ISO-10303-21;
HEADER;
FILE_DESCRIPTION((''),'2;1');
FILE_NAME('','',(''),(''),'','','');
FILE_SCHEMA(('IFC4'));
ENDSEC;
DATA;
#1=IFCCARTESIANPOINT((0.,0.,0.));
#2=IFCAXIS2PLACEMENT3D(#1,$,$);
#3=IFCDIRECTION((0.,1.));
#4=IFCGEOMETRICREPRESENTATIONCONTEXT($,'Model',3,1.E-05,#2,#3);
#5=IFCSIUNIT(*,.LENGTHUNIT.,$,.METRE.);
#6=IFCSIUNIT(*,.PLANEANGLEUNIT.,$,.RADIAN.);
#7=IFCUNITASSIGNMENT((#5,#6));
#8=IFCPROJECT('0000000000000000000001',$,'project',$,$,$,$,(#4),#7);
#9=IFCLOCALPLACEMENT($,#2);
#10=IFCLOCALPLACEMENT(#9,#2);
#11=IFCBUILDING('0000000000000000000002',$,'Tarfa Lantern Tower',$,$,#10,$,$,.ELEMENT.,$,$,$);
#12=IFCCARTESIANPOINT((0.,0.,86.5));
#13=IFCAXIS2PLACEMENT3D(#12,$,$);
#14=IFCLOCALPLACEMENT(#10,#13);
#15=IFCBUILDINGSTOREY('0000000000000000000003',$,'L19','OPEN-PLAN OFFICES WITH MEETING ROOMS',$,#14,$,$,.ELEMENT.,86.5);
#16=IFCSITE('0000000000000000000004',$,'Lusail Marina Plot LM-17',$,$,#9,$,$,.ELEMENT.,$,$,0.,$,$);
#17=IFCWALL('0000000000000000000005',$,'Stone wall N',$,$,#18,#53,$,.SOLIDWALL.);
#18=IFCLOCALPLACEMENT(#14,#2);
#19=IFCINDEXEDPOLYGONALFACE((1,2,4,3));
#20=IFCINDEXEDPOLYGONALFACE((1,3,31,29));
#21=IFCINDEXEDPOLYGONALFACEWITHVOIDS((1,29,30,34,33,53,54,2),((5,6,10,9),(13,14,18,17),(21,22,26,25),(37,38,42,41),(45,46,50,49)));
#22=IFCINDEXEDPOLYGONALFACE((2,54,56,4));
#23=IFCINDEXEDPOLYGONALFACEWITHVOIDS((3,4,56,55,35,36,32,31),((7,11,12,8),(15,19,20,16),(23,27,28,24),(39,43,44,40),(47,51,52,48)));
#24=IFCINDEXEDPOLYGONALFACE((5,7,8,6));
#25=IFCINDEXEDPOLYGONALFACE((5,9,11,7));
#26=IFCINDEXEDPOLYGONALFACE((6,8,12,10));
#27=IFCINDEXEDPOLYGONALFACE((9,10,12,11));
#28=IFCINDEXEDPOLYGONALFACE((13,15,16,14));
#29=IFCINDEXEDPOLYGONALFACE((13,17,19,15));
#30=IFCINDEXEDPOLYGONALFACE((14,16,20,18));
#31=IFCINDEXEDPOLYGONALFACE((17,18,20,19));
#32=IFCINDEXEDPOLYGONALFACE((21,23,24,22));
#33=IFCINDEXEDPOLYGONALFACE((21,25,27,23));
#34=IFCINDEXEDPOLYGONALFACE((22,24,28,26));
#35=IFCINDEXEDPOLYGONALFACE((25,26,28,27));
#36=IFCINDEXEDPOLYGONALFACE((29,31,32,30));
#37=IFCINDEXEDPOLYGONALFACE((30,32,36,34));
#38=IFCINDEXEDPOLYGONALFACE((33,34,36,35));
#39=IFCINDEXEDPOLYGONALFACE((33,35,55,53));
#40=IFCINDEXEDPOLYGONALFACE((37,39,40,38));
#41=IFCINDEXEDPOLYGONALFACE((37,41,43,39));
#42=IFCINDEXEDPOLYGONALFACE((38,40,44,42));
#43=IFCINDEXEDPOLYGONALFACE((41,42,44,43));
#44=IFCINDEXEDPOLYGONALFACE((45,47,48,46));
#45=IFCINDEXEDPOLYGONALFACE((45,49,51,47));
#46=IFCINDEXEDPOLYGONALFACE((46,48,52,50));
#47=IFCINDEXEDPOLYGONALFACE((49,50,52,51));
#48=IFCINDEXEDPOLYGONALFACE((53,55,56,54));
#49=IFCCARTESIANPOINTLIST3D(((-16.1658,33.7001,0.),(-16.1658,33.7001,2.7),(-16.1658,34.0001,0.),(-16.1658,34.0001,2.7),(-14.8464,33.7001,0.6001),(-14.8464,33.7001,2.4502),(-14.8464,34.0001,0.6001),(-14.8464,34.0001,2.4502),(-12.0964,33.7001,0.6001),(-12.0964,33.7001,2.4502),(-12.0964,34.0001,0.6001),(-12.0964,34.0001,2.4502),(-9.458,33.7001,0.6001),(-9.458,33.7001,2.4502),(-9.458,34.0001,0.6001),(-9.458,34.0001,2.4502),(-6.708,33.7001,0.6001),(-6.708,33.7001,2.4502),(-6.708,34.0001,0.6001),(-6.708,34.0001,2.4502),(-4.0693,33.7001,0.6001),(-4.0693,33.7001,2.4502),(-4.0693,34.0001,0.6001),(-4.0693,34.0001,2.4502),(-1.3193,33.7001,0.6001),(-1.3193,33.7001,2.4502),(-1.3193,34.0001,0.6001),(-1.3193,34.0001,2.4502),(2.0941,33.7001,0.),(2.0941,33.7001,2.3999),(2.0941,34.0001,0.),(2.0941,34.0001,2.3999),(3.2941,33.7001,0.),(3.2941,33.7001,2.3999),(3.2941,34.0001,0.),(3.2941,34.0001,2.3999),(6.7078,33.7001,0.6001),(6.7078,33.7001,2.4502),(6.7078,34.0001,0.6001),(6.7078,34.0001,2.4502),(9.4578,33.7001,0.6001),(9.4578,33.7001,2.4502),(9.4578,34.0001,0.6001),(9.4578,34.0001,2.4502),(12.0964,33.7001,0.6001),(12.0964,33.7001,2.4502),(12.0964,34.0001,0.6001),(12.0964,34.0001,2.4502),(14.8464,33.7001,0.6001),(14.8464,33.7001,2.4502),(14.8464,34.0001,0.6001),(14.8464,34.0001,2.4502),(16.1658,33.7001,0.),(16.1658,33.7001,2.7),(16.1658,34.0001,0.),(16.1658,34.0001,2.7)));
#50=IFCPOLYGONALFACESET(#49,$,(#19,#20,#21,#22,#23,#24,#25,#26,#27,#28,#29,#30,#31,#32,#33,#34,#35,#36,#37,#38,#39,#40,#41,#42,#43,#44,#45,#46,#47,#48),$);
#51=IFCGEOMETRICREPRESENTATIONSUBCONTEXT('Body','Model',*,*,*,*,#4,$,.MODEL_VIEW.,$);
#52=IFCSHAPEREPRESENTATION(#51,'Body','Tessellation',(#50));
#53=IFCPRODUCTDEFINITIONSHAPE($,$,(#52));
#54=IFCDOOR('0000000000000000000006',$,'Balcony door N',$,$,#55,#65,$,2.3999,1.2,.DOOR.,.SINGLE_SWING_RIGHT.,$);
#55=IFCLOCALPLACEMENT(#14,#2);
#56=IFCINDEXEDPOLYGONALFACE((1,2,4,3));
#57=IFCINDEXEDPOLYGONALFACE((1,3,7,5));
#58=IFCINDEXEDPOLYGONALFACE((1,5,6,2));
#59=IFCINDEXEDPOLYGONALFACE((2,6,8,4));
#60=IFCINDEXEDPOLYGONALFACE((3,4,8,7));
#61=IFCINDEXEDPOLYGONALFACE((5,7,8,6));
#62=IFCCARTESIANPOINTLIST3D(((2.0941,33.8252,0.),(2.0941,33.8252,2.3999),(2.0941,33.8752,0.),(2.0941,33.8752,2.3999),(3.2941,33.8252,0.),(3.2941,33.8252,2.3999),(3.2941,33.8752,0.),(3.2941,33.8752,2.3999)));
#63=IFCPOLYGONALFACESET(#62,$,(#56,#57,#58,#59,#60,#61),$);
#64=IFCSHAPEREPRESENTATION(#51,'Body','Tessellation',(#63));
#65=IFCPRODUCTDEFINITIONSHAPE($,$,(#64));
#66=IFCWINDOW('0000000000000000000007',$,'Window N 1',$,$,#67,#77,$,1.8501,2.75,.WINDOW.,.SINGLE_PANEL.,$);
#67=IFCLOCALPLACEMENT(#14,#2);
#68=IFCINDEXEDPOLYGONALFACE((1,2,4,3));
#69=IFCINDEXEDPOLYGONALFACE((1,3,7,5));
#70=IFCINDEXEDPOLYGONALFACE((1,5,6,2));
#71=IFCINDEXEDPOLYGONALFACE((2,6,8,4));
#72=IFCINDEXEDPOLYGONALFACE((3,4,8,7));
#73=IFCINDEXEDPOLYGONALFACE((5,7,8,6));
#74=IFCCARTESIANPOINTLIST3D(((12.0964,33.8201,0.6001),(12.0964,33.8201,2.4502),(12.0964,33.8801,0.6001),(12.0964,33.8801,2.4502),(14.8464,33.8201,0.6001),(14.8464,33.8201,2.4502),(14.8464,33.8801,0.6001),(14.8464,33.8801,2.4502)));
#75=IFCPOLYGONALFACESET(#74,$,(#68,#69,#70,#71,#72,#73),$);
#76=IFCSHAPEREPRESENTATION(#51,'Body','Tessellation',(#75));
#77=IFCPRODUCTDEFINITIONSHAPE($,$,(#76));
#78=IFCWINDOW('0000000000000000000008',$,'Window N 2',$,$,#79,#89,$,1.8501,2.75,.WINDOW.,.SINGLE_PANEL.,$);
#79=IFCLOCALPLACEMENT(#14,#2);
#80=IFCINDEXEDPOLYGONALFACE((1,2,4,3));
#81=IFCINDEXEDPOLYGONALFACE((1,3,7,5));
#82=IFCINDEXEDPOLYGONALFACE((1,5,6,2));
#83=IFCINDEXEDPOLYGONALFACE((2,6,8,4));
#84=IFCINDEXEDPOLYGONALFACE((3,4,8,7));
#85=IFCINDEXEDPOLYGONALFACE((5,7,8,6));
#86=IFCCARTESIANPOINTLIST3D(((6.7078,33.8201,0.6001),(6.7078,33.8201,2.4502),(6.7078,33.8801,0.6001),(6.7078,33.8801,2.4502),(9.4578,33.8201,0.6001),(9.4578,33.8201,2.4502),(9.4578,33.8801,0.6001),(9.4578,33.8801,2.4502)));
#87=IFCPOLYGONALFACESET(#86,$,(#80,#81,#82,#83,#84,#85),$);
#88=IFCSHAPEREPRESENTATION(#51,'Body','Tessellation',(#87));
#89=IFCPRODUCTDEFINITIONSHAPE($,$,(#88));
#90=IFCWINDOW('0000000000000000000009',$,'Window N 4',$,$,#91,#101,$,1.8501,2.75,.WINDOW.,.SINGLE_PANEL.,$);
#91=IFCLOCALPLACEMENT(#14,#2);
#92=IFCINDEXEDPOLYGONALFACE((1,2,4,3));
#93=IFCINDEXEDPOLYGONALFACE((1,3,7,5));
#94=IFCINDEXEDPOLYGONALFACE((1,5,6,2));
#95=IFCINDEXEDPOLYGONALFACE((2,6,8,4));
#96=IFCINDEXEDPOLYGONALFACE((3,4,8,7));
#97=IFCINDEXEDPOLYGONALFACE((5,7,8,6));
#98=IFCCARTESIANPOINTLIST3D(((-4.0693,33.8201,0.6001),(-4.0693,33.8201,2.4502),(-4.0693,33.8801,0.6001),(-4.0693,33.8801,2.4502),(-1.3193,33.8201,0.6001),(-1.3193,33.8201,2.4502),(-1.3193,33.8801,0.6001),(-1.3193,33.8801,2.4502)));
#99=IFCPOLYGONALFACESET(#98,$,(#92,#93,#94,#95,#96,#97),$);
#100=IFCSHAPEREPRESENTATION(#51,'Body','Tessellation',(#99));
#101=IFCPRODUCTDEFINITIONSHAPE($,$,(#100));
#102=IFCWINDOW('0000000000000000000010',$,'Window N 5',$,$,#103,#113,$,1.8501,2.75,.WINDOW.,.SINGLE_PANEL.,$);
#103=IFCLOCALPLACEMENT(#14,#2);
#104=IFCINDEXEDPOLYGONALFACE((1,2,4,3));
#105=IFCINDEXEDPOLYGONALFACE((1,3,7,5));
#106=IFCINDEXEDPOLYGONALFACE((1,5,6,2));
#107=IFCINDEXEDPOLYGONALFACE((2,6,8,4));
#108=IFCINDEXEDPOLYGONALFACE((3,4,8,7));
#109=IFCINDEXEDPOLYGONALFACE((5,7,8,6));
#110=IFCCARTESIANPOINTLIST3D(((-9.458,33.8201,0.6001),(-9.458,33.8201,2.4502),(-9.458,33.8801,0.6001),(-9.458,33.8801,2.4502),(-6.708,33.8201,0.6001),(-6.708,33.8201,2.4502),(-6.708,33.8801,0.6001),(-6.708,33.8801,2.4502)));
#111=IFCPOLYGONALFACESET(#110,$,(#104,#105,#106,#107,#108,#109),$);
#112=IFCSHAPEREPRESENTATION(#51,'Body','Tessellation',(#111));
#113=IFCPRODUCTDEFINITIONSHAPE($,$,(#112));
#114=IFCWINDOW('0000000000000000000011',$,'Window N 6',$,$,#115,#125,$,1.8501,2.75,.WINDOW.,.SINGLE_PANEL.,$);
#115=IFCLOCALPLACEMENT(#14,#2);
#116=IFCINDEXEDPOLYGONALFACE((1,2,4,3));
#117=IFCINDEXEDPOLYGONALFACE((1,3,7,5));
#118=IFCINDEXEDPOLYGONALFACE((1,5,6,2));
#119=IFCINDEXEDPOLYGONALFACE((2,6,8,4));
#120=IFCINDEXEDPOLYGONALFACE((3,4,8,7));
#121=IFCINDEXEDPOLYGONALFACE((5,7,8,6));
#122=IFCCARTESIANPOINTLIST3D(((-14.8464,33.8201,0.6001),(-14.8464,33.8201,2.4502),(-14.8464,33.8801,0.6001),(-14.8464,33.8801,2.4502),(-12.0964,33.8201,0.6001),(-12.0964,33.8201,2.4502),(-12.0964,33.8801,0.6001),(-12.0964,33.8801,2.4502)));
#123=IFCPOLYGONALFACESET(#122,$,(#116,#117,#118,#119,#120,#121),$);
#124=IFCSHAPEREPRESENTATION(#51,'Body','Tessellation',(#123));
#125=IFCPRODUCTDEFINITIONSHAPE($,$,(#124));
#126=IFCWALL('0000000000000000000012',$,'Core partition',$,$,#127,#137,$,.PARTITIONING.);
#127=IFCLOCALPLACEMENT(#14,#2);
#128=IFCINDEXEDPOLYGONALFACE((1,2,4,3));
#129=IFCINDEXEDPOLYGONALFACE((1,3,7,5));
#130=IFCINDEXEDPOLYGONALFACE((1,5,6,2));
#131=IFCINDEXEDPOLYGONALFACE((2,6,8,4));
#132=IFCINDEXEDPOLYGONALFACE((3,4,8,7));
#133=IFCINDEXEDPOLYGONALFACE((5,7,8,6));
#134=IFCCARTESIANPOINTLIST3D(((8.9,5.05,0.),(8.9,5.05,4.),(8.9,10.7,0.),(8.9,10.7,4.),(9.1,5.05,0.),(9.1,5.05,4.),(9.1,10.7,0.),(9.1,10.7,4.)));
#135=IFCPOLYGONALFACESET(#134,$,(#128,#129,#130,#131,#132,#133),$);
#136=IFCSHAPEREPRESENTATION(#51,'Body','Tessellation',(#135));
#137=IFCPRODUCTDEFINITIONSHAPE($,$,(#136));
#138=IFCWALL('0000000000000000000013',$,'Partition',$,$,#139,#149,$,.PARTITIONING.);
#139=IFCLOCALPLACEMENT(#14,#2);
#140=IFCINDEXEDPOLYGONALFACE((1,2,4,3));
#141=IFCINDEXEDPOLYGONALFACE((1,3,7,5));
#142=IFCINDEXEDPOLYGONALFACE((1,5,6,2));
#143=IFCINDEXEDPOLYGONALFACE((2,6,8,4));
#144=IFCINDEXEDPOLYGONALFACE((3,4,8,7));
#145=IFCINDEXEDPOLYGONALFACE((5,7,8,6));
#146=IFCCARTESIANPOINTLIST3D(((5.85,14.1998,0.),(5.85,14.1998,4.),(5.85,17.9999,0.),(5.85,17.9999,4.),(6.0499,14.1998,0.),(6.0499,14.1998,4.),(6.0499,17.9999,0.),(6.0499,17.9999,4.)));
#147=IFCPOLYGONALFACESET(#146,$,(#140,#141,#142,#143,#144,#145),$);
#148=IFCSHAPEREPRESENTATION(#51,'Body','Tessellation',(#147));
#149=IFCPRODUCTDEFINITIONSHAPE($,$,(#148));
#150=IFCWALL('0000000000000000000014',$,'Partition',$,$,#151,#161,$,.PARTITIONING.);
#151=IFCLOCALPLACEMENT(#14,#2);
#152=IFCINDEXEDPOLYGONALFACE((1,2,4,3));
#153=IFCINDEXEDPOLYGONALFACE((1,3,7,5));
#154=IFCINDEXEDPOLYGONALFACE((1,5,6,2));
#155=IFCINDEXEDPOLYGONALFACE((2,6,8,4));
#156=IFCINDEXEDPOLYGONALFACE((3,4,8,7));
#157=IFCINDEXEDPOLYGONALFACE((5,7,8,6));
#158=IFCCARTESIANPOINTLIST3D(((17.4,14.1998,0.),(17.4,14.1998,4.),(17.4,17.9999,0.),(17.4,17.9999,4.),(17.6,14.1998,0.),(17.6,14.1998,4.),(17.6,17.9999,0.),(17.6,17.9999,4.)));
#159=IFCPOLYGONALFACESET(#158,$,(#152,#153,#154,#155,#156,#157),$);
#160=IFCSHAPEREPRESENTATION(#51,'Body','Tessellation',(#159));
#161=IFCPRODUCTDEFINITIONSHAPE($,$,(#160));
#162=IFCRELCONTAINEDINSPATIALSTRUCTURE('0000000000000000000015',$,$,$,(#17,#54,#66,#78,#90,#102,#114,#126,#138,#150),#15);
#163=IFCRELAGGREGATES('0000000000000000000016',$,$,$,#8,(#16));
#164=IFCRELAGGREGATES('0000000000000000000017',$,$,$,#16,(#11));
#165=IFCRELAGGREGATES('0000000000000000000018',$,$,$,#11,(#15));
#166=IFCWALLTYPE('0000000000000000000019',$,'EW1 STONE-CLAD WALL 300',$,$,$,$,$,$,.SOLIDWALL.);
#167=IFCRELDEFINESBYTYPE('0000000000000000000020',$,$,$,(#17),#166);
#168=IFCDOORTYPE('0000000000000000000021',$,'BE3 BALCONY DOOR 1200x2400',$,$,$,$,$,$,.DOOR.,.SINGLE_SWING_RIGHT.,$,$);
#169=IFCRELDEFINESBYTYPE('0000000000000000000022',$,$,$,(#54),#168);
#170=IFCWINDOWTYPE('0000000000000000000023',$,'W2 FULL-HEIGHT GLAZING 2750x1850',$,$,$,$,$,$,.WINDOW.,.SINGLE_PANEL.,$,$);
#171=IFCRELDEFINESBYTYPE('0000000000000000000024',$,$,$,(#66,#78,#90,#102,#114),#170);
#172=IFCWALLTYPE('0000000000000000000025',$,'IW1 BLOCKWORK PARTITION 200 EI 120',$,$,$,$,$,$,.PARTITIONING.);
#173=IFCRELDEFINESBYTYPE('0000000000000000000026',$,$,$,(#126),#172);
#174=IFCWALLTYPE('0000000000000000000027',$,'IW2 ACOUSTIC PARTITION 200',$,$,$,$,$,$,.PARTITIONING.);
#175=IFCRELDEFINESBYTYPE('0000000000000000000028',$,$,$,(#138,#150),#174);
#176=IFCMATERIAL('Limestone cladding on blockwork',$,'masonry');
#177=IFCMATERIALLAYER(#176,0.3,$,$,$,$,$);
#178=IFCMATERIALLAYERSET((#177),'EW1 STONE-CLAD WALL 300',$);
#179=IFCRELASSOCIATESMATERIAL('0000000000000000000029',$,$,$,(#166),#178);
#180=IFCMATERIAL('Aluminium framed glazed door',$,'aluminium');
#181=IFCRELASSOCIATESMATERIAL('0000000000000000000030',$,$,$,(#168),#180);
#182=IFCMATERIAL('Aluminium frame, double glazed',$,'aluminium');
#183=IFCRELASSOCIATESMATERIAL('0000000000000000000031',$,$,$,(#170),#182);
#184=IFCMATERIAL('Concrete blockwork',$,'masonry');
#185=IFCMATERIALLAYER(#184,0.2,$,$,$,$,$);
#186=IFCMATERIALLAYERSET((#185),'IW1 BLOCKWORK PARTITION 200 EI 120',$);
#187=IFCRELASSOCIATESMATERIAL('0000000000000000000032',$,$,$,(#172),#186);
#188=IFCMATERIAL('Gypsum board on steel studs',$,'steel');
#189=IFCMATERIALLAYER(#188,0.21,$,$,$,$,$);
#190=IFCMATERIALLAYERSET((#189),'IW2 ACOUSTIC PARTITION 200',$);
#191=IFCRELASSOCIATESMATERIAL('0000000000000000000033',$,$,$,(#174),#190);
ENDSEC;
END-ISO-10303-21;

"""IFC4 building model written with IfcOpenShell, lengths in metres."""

from ifc_helpers import new_model, si_unit, direction, frame, frame_2d, origin, place, context, subcontext, project, spatial, rectangle, extrude, material, layer, layer_set, type_object, element, fill, save


model = new_model("IFC4")

# Units and contexts
model_context = context("Model", 3, precision=1e-05, world=origin(), true_north=direction((0.0, 1.0)))
body_context = subcontext(model_context, "Body", "Model", "MODEL_VIEW")
ifc_project = project(units=[si_unit("LENGTHUNIT", "METRE"), si_unit("PLANEANGLEUNIT", "RADIAN")], contexts=[model_context])

# Site, building, storey
site_placement = place(None, origin())
site = spatial("IfcSite", under=ifc_project, at=site_placement, Name="Lusail Marina Plot LM-17", CompositionType="ELEMENT", RefElevation=0.0)
building_placement = place(site_placement, origin())
building = spatial("IfcBuilding", under=site, at=building_placement, Name="Tarfa Lantern Tower", CompositionType="ELEMENT")
storey_placement = place(building_placement, frame((0.0, 0.0, 86.5)))
storey = spatial("IfcBuildingStorey", under=building, at=storey_placement, Name="L19", Description="OPEN-PLAN OFFICES WITH MEETING ROOMS", CompositionType="ELEMENT", Elevation=86.5)

# Wall, openings, door, windows
ifc_material_1 = material(Name="Limestone cladding on blockwork", Category="masonry")
ifc_layer_1 = layer(ifc_material_1, 0.3)
ifc_layer_set_1 = layer_set([ifc_layer_1], Name="EW1 STONE-CLAD WALL 300")
wall_type_1 = type_object("IfcWallType", Name="EW1 STONE-CLAD WALL 300", PredefinedType="SOLIDWALL", material=ifc_layer_set_1)
wall_1_placement = place(storey_placement, frame((16.1658, 33.8501, 0.0), z_axis=(0.0, 0.0, 1.0), x_axis=(-1.0, 0.0, 0.0)))
wall_1 = element("IfcWall", 1, at=wall_1_placement, inside=storey, type_object=wall_type_1, Name="Stone wall N", PredefinedType="SOLIDWALL", context=body_context, shape_type="SweptSolid", body=[
    extrude(rectangle(XDim=32.3315, YDim=0.3, at=frame_2d((16.1658, 0.0))), origin(), (0.0, 0.0, 1.0), 2.7),
])
opening_1_placement = place(wall_1_placement, frame((1.3193, 0.0, 0.6001)))
opening_1 = element("IfcOpeningElement", 2, at=opening_1_placement, cuts=wall_1, PredefinedType="OPENING", context=body_context, shape_type="SweptSolid", body=[
    extrude(rectangle(XDim=2.75, YDim=1.8501, at=frame_2d((1.375, 0.925))), frame((0.0, 0.1599, 0.0), z_axis=(0.0, -1.0, 0.0), x_axis=(1.0, 0.0, 0.0)), (0.0, 0.0, 1.0), 0.3201),
])
opening_2_placement = place(wall_1_placement, frame((6.708, 0.0, 0.6001)))
opening_2 = element("IfcOpeningElement", 3, at=opening_2_placement, cuts=wall_1, PredefinedType="OPENING", context=body_context, shape_type="SweptSolid", body=[
    extrude(rectangle(XDim=2.75, YDim=1.8501, at=frame_2d((1.375, 0.925))), frame((0.0, 0.1599, 0.0), z_axis=(0.0, -1.0, 0.0), x_axis=(1.0, 0.0, 0.0)), (0.0, 0.0, 1.0), 0.3201),
])
opening_3_placement = place(wall_1_placement, frame((12.8716, 0.0, 0.0)))
opening_3 = element("IfcOpeningElement", 4, at=opening_3_placement, cuts=wall_1, PredefinedType="OPENING", context=body_context, shape_type="SweptSolid", body=[
    extrude(rectangle(XDim=1.2, YDim=2.3999, at=frame_2d((0.6001, 1.2))), frame((0.0, 0.1599, 0.0), z_axis=(0.0, -1.0, 0.0), x_axis=(1.0, 0.0, 0.0)), (0.0, 0.0, 1.0), 0.3201),
])
opening_4_placement = place(wall_1_placement, frame((17.4851, 0.0, 0.6001)))
opening_4 = element("IfcOpeningElement", 5, at=opening_4_placement, cuts=wall_1, PredefinedType="OPENING", context=body_context, shape_type="SweptSolid", body=[
    extrude(rectangle(XDim=2.75, YDim=1.8501, at=frame_2d((1.375, 0.925))), frame((0.0, 0.1599, 0.0), z_axis=(0.0, -1.0, 0.0), x_axis=(1.0, 0.0, 0.0)), (0.0, 0.0, 1.0), 0.3201),
])
opening_5_placement = place(wall_1_placement, frame((22.8738, 0.0, 0.6001)))
opening_5 = element("IfcOpeningElement", 6, at=opening_5_placement, cuts=wall_1, PredefinedType="OPENING", context=body_context, shape_type="SweptSolid", body=[
    extrude(rectangle(XDim=2.75, YDim=1.8501, at=frame_2d((1.375, 0.925))), frame((0.0, 0.1599, 0.0), z_axis=(0.0, -1.0, 0.0), x_axis=(1.0, 0.0, 0.0)), (0.0, 0.0, 1.0), 0.3201),
])
opening_6_placement = place(wall_1_placement, frame((28.2622, 0.0, 0.6001)))
opening_6 = element("IfcOpeningElement", 7, at=opening_6_placement, cuts=wall_1, PredefinedType="OPENING", context=body_context, shape_type="SweptSolid", body=[
    extrude(rectangle(XDim=2.75, YDim=1.8501, at=frame_2d((1.375, 0.925))), frame((0.0, 0.1599, 0.0), z_axis=(0.0, -1.0, 0.0), x_axis=(1.0, 0.0, 0.0)), (0.0, 0.0, 1.0), 0.3201),
])
ifc_material_2 = material(Name="Aluminium framed glazed door", Category="aluminium")
door_type_1 = type_object("IfcDoorType", Name="BE3 BALCONY DOOR 1200x2400", OperationType="SINGLE_SWING_RIGHT", PredefinedType="DOOR", material=ifc_material_2)
door_1_placement = place(opening_3_placement, origin())
door_1 = element("IfcDoor", 8, at=door_1_placement, inside=storey, type_object=door_type_1, Name="Balcony door N", OperationType="SINGLE_SWING_RIGHT", OverallHeight=2.3999, OverallWidth=1.2, PredefinedType="DOOR", context=body_context, shape_type="SweptSolid", body=[
    extrude(rectangle(XDim=1.2, YDim=2.3999, at=frame_2d((0.6001, 1.2))), frame((0.0, 0.0249, 0.0), z_axis=(0.0, -1.0, 0.0), x_axis=(1.0, 0.0, 0.0)), (0.0, 0.0, 1.0), 0.05),
])
fill(opening_3, door_1)
ifc_material_3 = material(Name="Aluminium frame, double glazed", Category="aluminium")
window_type = type_object("IfcWindowType", Name="W2 FULL-HEIGHT GLAZING 2750x1850", PartitioningType="SINGLE_PANEL", PredefinedType="WINDOW", material=ifc_material_3)
window_1_placement = place(opening_1_placement, origin())
window_1 = element("IfcWindow", 9, at=window_1_placement, inside=storey, type_object=window_type, Name="Window N 1", OverallHeight=1.8501, OverallWidth=2.75, PartitioningType="SINGLE_PANEL", PredefinedType="WINDOW", context=body_context, shape_type="SweptSolid", body=[
    extrude(rectangle(XDim=2.75, YDim=1.8501, at=frame_2d((1.375, 0.925))), frame((0.0, 0.03, 0.0), z_axis=(0.0, -1.0, 0.0), x_axis=(1.0, 0.0, 0.0)), (0.0, 0.0, 1.0), 0.0601),
])
fill(opening_1, window_1)
window_2_placement = place(opening_2_placement, origin())
window_2 = element("IfcWindow", 10, at=window_2_placement, inside=storey, type_object=window_type, Name="Window N 2", OverallHeight=1.8501, OverallWidth=2.75, PartitioningType="SINGLE_PANEL", PredefinedType="WINDOW", context=body_context, shape_type="SweptSolid", body=[
    extrude(rectangle(XDim=2.75, YDim=1.8501, at=frame_2d((1.375, 0.925))), frame((0.0, 0.03, 0.0), z_axis=(0.0, -1.0, 0.0), x_axis=(1.0, 0.0, 0.0)), (0.0, 0.0, 1.0), 0.0601),
])
fill(opening_2, window_2)
window_3_placement = place(opening_4_placement, origin())
window_3 = element("IfcWindow", 11, at=window_3_placement, inside=storey, type_object=window_type, Name="Window N 4", OverallHeight=1.8501, OverallWidth=2.75, PartitioningType="SINGLE_PANEL", PredefinedType="WINDOW", context=body_context, shape_type="SweptSolid", body=[
    extrude(rectangle(XDim=2.75, YDim=1.8501, at=frame_2d((1.375, 0.925))), frame((0.0, 0.03, 0.0), z_axis=(0.0, -1.0, 0.0), x_axis=(1.0, 0.0, 0.0)), (0.0, 0.0, 1.0), 0.0601),
])
fill(opening_4, window_3)
window_4_placement = place(opening_5_placement, origin())
window_4 = element("IfcWindow", 12, at=window_4_placement, inside=storey, type_object=window_type, Name="Window N 5", OverallHeight=1.8501, OverallWidth=2.75, PartitioningType="SINGLE_PANEL", PredefinedType="WINDOW", context=body_context, shape_type="SweptSolid", body=[
    extrude(rectangle(XDim=2.75, YDim=1.8501, at=frame_2d((1.375, 0.925))), frame((0.0, 0.03, 0.0), z_axis=(0.0, -1.0, 0.0), x_axis=(1.0, 0.0, 0.0)), (0.0, 0.0, 1.0), 0.0601),
])
fill(opening_5, window_4)
window_5_placement = place(opening_6_placement, origin())
window_5 = element("IfcWindow", 13, at=window_5_placement, inside=storey, type_object=window_type, Name="Window N 6", OverallHeight=1.8501, OverallWidth=2.75, PartitioningType="SINGLE_PANEL", PredefinedType="WINDOW", context=body_context, shape_type="SweptSolid", body=[
    extrude(rectangle(XDim=2.75, YDim=1.8501, at=frame_2d((1.375, 0.925))), frame((0.0, 0.03, 0.0), z_axis=(0.0, -1.0, 0.0), x_axis=(1.0, 0.0, 0.0)), (0.0, 0.0, 1.0), 0.0601),
])
fill(opening_6, window_5)

# Walls
ifc_material_4 = material(Name="Concrete blockwork", Category="masonry")
ifc_layer_2 = layer(ifc_material_4, 0.2)
ifc_layer_set_2 = layer_set([ifc_layer_2], Name="IW1 BLOCKWORK PARTITION 200 EI 120")
wall_type_2 = type_object("IfcWallType", Name="IW1 BLOCKWORK PARTITION 200 EI 120", PredefinedType="PARTITIONING", material=ifc_layer_set_2)
wall_2_placement = place(storey_placement, frame((9.0, 5.05, 0.0), z_axis=(0.0, 0.0, 1.0), x_axis=(0.0, 1.0, 0.0)))
element("IfcWall", 14, at=wall_2_placement, inside=storey, type_object=wall_type_2, Name="Core partition", PredefinedType="PARTITIONING", context=body_context, shape_type="SweptSolid", body=[
    extrude(rectangle(XDim=5.6499, YDim=0.2, at=frame_2d((2.825, 0.0))), origin(), (0.0, 0.0, 1.0), 4.0),
])
ifc_material_5 = material(Name="Gypsum board on steel studs", Category="steel")
ifc_layer_3 = layer(ifc_material_5, 0.21)
ifc_layer_set_3 = layer_set([ifc_layer_3], Name="IW2 ACOUSTIC PARTITION 200")
wall_type_3 = type_object("IfcWallType", Name="IW2 ACOUSTIC PARTITION 200", PredefinedType="PARTITIONING", material=ifc_layer_set_3)
for number, where, z_axis, x_axis, name in (
    (15, (5.95, 14.2, 0.0), (0.0, 0.0, 1.0), (0.0, 1.0, 0.0), "Partition"),
    (16, (17.5, 14.2, 0.0), (0.0, 0.0, 1.0), (0.0, 1.0, 0.0), "Partition"),
):
    element("IfcWall", number, at=place(storey_placement, frame(where, z_axis=z_axis, x_axis=x_axis)), inside=storey, type_object=wall_type_3, Name=name, PredefinedType="PARTITIONING", context=body_context, shape_type="SweptSolid", body=[
        extrude(rectangle(XDim=3.8, YDim=0.2, at=frame_2d((1.8999, 0.0))), origin(), (0.0, 0.0, 1.0), 4.0),
    ])

save(model, "model.ifc")
